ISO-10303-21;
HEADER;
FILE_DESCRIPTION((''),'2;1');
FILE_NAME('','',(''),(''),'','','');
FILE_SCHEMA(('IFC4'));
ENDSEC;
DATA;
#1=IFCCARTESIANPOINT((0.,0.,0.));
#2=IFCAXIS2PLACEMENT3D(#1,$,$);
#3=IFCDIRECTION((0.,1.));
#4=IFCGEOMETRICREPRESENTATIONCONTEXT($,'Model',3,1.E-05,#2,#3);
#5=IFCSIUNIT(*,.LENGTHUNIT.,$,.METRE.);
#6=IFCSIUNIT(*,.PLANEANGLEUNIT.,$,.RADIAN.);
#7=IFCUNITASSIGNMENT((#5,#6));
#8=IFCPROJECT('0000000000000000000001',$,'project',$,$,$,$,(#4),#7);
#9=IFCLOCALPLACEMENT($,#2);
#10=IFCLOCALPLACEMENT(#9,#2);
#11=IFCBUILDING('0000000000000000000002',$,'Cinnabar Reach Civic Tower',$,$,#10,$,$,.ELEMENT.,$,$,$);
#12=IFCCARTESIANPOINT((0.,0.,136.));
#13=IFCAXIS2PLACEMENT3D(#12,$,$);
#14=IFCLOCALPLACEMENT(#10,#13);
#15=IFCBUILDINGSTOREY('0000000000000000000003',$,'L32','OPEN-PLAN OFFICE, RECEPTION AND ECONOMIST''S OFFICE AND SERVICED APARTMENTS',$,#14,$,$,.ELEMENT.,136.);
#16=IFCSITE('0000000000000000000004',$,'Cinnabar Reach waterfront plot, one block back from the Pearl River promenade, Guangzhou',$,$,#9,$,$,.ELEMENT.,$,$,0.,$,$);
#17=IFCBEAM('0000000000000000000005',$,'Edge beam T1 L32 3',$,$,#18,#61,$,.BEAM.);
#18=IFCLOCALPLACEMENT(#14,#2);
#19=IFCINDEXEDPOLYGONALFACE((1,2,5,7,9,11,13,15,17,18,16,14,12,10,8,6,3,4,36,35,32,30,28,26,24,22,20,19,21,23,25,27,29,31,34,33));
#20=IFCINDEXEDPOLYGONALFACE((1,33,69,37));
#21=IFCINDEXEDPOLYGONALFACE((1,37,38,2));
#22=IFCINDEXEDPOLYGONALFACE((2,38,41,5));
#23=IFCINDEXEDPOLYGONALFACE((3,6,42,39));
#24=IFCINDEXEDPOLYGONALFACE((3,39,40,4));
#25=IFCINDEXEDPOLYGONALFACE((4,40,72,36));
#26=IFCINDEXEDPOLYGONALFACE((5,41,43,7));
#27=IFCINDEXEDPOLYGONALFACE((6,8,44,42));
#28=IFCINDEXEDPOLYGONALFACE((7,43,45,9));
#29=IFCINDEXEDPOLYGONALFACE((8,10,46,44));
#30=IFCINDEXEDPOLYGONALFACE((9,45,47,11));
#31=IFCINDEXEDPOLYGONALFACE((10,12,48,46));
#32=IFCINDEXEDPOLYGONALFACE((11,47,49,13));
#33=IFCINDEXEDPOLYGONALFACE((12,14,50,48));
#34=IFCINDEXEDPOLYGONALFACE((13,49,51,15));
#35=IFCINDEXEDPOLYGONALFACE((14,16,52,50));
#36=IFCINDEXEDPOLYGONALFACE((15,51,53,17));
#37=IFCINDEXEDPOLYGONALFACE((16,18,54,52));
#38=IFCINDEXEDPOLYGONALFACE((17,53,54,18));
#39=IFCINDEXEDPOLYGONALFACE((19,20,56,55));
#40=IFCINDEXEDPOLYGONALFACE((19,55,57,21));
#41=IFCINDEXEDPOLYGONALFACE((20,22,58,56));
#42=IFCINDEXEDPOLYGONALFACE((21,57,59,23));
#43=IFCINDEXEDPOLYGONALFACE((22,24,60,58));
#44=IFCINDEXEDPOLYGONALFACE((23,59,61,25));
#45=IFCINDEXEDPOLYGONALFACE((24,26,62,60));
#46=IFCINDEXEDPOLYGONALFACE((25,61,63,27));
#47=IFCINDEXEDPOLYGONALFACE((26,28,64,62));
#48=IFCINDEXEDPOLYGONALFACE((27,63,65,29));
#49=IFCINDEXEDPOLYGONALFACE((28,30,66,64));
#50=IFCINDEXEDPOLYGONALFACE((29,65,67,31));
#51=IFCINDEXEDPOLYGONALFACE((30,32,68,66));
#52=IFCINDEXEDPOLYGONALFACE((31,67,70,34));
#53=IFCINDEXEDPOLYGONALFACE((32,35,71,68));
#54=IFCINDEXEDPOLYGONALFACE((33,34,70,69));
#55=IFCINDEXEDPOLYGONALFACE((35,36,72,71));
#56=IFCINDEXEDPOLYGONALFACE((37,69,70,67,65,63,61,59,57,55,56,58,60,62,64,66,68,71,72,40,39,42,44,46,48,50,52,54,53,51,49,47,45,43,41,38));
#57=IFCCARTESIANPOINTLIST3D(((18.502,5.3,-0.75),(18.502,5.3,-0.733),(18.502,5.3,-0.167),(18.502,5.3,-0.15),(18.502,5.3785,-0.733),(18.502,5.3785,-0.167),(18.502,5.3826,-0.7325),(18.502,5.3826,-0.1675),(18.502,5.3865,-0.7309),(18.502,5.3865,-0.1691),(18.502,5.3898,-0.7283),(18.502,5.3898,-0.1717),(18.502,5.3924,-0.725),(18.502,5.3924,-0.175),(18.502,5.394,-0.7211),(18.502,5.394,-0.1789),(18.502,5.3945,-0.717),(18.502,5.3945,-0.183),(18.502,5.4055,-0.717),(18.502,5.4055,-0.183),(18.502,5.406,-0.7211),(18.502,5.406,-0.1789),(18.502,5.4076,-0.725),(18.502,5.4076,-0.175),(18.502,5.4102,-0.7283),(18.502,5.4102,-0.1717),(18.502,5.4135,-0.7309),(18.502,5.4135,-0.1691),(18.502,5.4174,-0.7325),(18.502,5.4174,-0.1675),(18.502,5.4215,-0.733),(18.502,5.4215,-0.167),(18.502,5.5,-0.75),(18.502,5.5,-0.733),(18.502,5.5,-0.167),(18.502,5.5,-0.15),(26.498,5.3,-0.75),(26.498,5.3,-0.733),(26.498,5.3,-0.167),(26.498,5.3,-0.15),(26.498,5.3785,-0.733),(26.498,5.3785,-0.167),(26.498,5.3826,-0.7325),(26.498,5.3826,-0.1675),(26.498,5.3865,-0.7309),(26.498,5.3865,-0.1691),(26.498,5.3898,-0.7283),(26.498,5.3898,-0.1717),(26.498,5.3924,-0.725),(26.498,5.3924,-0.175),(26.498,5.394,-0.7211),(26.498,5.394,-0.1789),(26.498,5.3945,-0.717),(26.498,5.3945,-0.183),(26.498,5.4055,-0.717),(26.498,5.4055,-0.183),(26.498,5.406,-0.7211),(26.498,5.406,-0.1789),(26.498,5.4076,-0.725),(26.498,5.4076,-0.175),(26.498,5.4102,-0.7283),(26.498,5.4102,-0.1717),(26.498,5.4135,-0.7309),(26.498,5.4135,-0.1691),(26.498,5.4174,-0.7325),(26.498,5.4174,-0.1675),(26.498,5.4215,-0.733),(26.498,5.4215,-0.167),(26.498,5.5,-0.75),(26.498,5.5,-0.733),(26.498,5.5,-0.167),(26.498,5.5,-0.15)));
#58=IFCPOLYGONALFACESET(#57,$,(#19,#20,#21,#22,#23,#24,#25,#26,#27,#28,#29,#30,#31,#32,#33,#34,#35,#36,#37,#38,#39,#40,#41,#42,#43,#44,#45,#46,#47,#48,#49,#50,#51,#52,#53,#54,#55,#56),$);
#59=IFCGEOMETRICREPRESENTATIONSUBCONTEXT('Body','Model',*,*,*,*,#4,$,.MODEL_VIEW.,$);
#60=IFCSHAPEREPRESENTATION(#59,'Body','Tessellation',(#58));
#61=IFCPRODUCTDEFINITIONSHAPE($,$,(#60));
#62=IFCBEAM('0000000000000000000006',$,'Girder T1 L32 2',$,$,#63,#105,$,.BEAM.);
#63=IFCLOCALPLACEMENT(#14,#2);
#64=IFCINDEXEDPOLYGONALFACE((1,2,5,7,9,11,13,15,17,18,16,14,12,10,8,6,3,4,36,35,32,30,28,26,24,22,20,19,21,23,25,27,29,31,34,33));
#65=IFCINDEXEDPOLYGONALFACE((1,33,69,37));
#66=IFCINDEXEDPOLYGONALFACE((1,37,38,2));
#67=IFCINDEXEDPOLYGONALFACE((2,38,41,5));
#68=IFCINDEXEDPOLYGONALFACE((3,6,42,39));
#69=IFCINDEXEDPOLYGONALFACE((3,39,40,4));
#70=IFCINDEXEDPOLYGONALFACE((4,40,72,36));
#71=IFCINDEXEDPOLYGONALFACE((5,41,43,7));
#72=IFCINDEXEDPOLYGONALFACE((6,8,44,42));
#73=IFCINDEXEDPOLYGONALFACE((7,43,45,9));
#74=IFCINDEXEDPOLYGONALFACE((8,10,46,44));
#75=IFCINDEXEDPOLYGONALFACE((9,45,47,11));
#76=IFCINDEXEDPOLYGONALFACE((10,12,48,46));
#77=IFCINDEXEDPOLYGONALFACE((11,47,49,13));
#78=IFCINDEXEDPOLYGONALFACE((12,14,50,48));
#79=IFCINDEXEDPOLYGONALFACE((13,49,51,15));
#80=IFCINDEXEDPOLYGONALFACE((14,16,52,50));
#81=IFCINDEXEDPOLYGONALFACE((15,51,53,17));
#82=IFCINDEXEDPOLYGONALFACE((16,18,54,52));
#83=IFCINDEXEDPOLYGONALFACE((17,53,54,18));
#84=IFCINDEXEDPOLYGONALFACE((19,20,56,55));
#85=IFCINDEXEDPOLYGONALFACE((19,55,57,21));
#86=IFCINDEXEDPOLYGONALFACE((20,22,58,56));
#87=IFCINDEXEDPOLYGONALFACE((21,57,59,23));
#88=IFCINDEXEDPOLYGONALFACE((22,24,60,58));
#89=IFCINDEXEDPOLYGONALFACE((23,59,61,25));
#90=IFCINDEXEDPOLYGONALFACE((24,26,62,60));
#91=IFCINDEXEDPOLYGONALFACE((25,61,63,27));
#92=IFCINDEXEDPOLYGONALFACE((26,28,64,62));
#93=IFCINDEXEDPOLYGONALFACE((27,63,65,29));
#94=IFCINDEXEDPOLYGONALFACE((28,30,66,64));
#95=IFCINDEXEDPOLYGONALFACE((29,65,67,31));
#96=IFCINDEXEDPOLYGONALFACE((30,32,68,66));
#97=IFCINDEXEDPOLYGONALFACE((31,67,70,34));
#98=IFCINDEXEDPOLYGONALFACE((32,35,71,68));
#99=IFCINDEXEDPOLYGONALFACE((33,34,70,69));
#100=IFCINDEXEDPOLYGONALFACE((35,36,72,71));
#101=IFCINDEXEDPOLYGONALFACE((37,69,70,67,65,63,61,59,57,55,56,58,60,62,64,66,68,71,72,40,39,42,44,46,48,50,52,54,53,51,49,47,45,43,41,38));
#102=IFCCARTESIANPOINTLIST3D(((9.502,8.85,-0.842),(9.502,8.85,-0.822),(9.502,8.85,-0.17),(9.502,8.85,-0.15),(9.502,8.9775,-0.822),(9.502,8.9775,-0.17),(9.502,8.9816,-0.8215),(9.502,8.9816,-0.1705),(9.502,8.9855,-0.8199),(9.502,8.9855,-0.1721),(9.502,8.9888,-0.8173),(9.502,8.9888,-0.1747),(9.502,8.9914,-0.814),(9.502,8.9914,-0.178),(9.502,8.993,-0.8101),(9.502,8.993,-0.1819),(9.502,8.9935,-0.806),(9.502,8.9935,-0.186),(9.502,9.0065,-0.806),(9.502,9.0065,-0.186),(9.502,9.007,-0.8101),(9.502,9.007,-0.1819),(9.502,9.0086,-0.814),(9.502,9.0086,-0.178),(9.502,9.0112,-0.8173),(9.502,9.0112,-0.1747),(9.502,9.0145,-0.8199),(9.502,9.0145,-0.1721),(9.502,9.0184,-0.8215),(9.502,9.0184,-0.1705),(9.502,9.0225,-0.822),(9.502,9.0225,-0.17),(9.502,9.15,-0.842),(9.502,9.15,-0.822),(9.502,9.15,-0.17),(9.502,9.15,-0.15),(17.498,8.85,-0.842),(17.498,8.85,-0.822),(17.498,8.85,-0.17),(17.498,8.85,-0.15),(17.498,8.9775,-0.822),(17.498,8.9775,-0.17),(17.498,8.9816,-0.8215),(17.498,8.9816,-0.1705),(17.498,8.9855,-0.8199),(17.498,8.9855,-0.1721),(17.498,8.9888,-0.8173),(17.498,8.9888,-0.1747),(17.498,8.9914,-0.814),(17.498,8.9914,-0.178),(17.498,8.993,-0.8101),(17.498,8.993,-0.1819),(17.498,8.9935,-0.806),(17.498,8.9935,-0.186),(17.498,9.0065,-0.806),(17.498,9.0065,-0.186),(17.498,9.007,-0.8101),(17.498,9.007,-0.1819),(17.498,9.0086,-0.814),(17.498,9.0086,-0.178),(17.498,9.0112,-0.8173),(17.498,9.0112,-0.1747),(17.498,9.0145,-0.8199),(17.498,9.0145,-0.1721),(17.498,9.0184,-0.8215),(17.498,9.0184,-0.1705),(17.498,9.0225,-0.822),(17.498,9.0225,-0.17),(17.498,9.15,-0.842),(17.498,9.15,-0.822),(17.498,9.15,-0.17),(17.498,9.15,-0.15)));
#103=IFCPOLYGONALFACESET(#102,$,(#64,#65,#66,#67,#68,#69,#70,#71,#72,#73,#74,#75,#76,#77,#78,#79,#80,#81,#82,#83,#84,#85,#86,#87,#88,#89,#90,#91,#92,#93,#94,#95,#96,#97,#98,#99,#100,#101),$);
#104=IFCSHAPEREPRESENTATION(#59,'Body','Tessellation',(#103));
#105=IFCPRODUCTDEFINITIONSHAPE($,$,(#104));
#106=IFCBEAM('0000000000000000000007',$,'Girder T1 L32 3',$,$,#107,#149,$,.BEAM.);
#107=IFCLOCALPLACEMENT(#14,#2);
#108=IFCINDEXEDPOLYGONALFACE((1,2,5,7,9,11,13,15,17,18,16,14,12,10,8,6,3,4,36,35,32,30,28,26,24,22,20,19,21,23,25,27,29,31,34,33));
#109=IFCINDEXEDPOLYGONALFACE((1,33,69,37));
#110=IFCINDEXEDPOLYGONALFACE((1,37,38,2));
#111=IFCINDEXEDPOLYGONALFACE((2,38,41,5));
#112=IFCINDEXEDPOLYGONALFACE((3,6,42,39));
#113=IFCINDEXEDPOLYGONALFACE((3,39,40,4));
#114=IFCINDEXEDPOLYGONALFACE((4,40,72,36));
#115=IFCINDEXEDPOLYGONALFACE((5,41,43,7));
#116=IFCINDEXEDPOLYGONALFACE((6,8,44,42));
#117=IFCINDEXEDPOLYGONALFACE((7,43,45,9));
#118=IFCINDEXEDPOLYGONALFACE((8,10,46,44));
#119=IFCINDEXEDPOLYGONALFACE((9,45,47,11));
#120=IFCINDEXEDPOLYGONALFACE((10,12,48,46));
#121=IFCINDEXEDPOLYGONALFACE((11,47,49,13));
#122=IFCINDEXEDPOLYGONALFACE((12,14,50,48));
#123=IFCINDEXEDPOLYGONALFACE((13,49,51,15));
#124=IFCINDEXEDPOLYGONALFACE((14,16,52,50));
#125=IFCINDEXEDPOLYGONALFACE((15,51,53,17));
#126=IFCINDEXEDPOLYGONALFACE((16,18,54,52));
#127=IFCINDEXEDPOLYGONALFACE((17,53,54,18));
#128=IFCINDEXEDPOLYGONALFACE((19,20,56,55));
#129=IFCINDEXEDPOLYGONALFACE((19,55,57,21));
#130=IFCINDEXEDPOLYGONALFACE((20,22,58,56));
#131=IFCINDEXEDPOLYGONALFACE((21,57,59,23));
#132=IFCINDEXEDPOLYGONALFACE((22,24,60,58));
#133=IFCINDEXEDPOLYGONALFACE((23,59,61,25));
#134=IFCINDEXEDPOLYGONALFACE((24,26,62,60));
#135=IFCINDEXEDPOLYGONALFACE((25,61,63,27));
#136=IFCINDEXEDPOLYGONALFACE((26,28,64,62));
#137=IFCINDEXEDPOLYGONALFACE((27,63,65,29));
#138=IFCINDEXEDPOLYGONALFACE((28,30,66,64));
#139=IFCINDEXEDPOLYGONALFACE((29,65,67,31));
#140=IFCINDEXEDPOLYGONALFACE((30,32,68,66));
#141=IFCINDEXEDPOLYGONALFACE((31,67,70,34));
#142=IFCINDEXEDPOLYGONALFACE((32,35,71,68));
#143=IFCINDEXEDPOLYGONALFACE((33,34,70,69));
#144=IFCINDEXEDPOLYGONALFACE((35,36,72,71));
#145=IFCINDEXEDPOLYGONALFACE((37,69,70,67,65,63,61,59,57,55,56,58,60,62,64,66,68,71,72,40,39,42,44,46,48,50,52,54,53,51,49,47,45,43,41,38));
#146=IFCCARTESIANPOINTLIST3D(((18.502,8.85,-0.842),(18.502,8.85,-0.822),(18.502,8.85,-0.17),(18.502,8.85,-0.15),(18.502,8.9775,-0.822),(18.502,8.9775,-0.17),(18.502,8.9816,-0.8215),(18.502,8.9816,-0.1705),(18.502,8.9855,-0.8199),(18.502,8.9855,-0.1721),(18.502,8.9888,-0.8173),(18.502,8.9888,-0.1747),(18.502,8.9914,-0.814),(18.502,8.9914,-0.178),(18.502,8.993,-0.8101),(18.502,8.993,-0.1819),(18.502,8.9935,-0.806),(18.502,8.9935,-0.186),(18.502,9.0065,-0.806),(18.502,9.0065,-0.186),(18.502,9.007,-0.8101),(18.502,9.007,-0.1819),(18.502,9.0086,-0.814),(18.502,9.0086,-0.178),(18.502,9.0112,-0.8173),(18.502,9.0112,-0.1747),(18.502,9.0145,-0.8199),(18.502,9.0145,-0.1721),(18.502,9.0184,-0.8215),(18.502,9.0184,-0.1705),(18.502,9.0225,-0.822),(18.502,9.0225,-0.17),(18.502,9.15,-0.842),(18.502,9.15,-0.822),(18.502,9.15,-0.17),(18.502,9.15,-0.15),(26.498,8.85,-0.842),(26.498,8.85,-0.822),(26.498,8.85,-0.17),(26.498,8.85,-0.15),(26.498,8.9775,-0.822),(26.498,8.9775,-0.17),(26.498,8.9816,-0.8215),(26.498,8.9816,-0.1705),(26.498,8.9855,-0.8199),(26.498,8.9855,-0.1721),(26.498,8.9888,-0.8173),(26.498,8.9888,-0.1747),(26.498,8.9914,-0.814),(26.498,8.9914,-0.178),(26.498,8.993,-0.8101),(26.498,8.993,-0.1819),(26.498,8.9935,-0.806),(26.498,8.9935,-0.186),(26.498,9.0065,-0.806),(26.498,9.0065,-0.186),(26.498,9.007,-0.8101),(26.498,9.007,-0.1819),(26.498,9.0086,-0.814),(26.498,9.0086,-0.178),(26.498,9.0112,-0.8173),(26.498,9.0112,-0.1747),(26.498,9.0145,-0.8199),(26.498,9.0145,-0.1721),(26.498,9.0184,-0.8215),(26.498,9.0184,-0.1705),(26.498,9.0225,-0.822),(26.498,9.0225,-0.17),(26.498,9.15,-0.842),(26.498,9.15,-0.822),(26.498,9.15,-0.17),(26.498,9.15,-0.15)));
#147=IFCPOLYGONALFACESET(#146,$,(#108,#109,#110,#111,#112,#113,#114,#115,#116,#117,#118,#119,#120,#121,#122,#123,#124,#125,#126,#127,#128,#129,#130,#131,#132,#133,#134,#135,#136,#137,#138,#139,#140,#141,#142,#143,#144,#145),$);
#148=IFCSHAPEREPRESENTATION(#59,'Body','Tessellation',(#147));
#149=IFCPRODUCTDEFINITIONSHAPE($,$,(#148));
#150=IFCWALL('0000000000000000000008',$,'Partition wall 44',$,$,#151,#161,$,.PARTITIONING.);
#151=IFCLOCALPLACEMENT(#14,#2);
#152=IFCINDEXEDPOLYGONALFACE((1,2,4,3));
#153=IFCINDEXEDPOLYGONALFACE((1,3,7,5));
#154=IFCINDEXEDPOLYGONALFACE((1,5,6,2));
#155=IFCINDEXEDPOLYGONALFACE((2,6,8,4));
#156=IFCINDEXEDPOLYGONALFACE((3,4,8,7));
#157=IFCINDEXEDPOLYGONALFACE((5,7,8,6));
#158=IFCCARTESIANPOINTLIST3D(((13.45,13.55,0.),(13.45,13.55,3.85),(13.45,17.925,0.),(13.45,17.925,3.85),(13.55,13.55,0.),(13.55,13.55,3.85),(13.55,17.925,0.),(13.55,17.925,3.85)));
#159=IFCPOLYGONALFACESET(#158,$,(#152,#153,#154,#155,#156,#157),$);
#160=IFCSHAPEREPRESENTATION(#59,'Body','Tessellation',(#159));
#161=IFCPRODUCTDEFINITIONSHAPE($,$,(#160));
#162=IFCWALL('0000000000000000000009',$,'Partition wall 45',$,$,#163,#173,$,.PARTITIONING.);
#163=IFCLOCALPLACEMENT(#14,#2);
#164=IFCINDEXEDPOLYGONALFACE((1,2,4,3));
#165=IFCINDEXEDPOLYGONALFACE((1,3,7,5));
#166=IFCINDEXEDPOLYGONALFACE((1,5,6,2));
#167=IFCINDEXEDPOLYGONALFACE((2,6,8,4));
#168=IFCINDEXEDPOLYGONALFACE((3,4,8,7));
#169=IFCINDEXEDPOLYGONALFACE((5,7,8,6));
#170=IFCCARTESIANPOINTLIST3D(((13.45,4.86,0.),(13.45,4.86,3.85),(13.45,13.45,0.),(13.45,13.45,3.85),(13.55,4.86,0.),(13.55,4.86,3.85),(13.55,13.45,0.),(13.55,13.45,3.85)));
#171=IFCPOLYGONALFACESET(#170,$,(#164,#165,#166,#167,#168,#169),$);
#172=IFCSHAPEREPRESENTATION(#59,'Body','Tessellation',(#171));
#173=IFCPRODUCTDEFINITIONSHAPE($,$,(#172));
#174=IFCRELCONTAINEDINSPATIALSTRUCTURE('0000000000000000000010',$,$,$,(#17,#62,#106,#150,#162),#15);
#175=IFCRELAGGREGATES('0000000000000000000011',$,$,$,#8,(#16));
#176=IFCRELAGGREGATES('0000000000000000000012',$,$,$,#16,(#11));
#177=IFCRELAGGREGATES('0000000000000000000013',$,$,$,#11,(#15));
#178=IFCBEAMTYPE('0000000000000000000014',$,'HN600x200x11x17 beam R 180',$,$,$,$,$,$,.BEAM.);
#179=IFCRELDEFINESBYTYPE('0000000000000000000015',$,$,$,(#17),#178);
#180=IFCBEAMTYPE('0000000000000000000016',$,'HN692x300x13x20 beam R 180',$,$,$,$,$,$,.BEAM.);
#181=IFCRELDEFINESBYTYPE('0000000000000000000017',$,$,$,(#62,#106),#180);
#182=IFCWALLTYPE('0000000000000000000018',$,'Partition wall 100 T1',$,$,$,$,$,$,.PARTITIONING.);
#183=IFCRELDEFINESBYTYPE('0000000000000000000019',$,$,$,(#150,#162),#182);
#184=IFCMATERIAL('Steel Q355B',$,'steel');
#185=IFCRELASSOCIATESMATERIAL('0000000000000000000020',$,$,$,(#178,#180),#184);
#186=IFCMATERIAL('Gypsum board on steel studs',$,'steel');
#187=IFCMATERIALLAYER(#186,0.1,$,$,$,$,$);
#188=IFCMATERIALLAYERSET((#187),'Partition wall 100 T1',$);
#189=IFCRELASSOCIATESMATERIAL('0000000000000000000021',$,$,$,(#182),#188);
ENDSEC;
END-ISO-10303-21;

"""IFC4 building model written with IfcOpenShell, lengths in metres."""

from ifc_helpers import new_model, si_unit, direction, frame, frame_2d, origin, origin_2d, place, context, subcontext, project, spatial, rectangle, i_section, extrude, material, layer, layer_set, material_profile, profile_set, type_object, element, save


model = new_model("IFC4")

# Units and contexts
model_context = context("Model", 3, precision=1e-05, world=origin(), true_north=direction((0.0, 1.0)))
body_context = subcontext(model_context, "Body", "Model", "MODEL_VIEW")
ifc_project = project(units=[si_unit("LENGTHUNIT", "METRE"), si_unit("PLANEANGLEUNIT", "RADIAN")], contexts=[model_context])

# Site, building, storey
site_placement = place(None, origin())
site = spatial("IfcSite", under=ifc_project, at=site_placement, Name="Cinnabar Reach waterfront plot, one block back from the Pearl River promenade, Guangzhou", CompositionType="ELEMENT", RefElevation=0.0)
building_placement = place(site_placement, origin())
building = spatial("IfcBuilding", under=site, at=building_placement, Name="Cinnabar Reach Civic Tower", CompositionType="ELEMENT")
storey_placement = place(building_placement, frame((0.0, 0.0, 136.0)))
storey = spatial("IfcBuildingStorey", under=building, at=storey_placement, Name="L32", Description="OPEN-PLAN OFFICE, RECEPTION AND ECONOMIST'S OFFICE AND SERVICED APARTMENTS", CompositionType="ELEMENT", Elevation=136.0)

# Beams
ifc_material_1 = material(Name="Steel Q355B", Category="steel")
ifc_material_profile_1 = material_profile(ifc_material_1, i_section(OverallWidth=0.2, OverallDepth=0.6, WebThickness=0.011, FlangeThickness=0.017, FilletRadius=0.016, at=origin_2d()), Name="HN600x200x11x17")
ifc_profile_set_1 = profile_set([ifc_material_profile_1], Name="Steel Q355B")
beam_type_1 = type_object("IfcBeamType", Name="HN600x200x11x17 beam R 180", PredefinedType="BEAM", material=ifc_profile_set_1)
for number, where, z_axis, x_axis, name in (
    (1, (18.502, 5.4, -0.45), (1.0, 0.0, 0.0), (0.0, 1.0, 0.0), "Edge beam T1 L32 3"),
):
    element("IfcBeam", number, at=place(storey_placement, frame(where, z_axis=z_axis, x_axis=x_axis)), inside=storey, type_object=beam_type_1, Name=name, PredefinedType="BEAM", context=body_context, shape_type="SweptSolid", body=[
        extrude(i_section(OverallWidth=0.2, OverallDepth=0.6, WebThickness=0.011, FlangeThickness=0.017, FilletRadius=0.016, at=origin_2d()), origin(), (0.0, 0.0, 1.0), 7.996),
    ])
ifc_material_profile_2 = material_profile(ifc_material_1, i_section(OverallWidth=0.3, OverallDepth=0.692, WebThickness=0.013, FlangeThickness=0.02, FilletRadius=0.016, at=origin_2d()), Name="HN692x300x13x20")
ifc_profile_set_2 = profile_set([ifc_material_profile_2], Name="Steel Q355B")
beam_type_2 = type_object("IfcBeamType", Name="HN692x300x13x20 beam R 180", PredefinedType="BEAM", material=ifc_profile_set_2)
for number, where, z_axis, x_axis, name in (
    (2, (9.502, 9.0, -0.496), (1.0, 0.0, 0.0), (0.0, 1.0, 0.0), "Girder T1 L32 2"),
    (3, (18.502, 9.0, -0.496), (1.0, 0.0, 0.0), (0.0, 1.0, 0.0), "Girder T1 L32 3"),
):
    element("IfcBeam", number, at=place(storey_placement, frame(where, z_axis=z_axis, x_axis=x_axis)), inside=storey, type_object=beam_type_2, Name=name, PredefinedType="BEAM", context=body_context, shape_type="SweptSolid", body=[
        extrude(i_section(OverallWidth=0.3, OverallDepth=0.692, WebThickness=0.013, FlangeThickness=0.02, FilletRadius=0.016, at=origin_2d()), origin(), (0.0, 0.0, 1.0), 7.996),
    ])

# Walls
ifc_material_2 = material(Name="Gypsum board on steel studs", Category="steel")
ifc_layer = layer(ifc_material_2, 0.1)
ifc_layer_set = layer_set([ifc_layer], Name="Partition wall 100 T1")
wall_type = type_object("IfcWallType", Name="Partition wall 100 T1", PredefinedType="PARTITIONING", material=ifc_layer_set)
wall_1_placement = place(storey_placement, frame((13.5, 13.55, 0.0), z_axis=(0.0, 0.0, 1.0), x_axis=(0.0, 1.0, 0.0)))
element("IfcWall", 4, at=wall_1_placement, inside=storey, type_object=wall_type, Name="Partition wall 44", PredefinedType="PARTITIONING", context=body_context, shape_type="SweptSolid", body=[
    extrude(rectangle(XDim=4.375, YDim=0.1, at=frame_2d((2.1875, 0.0))), origin(), (0.0, 0.0, 1.0), 3.85),
])
wall_2_placement = place(storey_placement, frame((13.5, 4.86, 0.0), z_axis=(0.0, 0.0, 1.0), x_axis=(0.0, 1.0, 0.0)))
element("IfcWall", 5, at=wall_2_placement, inside=storey, type_object=wall_type, Name="Partition wall 45", PredefinedType="PARTITIONING", context=body_context, shape_type="SweptSolid", body=[
    extrude(rectangle(XDim=8.59, YDim=0.1, at=frame_2d((4.295, 0.0))), origin(), (0.0, 0.0, 1.0), 3.85),
])

save(model, "model.ifc")
